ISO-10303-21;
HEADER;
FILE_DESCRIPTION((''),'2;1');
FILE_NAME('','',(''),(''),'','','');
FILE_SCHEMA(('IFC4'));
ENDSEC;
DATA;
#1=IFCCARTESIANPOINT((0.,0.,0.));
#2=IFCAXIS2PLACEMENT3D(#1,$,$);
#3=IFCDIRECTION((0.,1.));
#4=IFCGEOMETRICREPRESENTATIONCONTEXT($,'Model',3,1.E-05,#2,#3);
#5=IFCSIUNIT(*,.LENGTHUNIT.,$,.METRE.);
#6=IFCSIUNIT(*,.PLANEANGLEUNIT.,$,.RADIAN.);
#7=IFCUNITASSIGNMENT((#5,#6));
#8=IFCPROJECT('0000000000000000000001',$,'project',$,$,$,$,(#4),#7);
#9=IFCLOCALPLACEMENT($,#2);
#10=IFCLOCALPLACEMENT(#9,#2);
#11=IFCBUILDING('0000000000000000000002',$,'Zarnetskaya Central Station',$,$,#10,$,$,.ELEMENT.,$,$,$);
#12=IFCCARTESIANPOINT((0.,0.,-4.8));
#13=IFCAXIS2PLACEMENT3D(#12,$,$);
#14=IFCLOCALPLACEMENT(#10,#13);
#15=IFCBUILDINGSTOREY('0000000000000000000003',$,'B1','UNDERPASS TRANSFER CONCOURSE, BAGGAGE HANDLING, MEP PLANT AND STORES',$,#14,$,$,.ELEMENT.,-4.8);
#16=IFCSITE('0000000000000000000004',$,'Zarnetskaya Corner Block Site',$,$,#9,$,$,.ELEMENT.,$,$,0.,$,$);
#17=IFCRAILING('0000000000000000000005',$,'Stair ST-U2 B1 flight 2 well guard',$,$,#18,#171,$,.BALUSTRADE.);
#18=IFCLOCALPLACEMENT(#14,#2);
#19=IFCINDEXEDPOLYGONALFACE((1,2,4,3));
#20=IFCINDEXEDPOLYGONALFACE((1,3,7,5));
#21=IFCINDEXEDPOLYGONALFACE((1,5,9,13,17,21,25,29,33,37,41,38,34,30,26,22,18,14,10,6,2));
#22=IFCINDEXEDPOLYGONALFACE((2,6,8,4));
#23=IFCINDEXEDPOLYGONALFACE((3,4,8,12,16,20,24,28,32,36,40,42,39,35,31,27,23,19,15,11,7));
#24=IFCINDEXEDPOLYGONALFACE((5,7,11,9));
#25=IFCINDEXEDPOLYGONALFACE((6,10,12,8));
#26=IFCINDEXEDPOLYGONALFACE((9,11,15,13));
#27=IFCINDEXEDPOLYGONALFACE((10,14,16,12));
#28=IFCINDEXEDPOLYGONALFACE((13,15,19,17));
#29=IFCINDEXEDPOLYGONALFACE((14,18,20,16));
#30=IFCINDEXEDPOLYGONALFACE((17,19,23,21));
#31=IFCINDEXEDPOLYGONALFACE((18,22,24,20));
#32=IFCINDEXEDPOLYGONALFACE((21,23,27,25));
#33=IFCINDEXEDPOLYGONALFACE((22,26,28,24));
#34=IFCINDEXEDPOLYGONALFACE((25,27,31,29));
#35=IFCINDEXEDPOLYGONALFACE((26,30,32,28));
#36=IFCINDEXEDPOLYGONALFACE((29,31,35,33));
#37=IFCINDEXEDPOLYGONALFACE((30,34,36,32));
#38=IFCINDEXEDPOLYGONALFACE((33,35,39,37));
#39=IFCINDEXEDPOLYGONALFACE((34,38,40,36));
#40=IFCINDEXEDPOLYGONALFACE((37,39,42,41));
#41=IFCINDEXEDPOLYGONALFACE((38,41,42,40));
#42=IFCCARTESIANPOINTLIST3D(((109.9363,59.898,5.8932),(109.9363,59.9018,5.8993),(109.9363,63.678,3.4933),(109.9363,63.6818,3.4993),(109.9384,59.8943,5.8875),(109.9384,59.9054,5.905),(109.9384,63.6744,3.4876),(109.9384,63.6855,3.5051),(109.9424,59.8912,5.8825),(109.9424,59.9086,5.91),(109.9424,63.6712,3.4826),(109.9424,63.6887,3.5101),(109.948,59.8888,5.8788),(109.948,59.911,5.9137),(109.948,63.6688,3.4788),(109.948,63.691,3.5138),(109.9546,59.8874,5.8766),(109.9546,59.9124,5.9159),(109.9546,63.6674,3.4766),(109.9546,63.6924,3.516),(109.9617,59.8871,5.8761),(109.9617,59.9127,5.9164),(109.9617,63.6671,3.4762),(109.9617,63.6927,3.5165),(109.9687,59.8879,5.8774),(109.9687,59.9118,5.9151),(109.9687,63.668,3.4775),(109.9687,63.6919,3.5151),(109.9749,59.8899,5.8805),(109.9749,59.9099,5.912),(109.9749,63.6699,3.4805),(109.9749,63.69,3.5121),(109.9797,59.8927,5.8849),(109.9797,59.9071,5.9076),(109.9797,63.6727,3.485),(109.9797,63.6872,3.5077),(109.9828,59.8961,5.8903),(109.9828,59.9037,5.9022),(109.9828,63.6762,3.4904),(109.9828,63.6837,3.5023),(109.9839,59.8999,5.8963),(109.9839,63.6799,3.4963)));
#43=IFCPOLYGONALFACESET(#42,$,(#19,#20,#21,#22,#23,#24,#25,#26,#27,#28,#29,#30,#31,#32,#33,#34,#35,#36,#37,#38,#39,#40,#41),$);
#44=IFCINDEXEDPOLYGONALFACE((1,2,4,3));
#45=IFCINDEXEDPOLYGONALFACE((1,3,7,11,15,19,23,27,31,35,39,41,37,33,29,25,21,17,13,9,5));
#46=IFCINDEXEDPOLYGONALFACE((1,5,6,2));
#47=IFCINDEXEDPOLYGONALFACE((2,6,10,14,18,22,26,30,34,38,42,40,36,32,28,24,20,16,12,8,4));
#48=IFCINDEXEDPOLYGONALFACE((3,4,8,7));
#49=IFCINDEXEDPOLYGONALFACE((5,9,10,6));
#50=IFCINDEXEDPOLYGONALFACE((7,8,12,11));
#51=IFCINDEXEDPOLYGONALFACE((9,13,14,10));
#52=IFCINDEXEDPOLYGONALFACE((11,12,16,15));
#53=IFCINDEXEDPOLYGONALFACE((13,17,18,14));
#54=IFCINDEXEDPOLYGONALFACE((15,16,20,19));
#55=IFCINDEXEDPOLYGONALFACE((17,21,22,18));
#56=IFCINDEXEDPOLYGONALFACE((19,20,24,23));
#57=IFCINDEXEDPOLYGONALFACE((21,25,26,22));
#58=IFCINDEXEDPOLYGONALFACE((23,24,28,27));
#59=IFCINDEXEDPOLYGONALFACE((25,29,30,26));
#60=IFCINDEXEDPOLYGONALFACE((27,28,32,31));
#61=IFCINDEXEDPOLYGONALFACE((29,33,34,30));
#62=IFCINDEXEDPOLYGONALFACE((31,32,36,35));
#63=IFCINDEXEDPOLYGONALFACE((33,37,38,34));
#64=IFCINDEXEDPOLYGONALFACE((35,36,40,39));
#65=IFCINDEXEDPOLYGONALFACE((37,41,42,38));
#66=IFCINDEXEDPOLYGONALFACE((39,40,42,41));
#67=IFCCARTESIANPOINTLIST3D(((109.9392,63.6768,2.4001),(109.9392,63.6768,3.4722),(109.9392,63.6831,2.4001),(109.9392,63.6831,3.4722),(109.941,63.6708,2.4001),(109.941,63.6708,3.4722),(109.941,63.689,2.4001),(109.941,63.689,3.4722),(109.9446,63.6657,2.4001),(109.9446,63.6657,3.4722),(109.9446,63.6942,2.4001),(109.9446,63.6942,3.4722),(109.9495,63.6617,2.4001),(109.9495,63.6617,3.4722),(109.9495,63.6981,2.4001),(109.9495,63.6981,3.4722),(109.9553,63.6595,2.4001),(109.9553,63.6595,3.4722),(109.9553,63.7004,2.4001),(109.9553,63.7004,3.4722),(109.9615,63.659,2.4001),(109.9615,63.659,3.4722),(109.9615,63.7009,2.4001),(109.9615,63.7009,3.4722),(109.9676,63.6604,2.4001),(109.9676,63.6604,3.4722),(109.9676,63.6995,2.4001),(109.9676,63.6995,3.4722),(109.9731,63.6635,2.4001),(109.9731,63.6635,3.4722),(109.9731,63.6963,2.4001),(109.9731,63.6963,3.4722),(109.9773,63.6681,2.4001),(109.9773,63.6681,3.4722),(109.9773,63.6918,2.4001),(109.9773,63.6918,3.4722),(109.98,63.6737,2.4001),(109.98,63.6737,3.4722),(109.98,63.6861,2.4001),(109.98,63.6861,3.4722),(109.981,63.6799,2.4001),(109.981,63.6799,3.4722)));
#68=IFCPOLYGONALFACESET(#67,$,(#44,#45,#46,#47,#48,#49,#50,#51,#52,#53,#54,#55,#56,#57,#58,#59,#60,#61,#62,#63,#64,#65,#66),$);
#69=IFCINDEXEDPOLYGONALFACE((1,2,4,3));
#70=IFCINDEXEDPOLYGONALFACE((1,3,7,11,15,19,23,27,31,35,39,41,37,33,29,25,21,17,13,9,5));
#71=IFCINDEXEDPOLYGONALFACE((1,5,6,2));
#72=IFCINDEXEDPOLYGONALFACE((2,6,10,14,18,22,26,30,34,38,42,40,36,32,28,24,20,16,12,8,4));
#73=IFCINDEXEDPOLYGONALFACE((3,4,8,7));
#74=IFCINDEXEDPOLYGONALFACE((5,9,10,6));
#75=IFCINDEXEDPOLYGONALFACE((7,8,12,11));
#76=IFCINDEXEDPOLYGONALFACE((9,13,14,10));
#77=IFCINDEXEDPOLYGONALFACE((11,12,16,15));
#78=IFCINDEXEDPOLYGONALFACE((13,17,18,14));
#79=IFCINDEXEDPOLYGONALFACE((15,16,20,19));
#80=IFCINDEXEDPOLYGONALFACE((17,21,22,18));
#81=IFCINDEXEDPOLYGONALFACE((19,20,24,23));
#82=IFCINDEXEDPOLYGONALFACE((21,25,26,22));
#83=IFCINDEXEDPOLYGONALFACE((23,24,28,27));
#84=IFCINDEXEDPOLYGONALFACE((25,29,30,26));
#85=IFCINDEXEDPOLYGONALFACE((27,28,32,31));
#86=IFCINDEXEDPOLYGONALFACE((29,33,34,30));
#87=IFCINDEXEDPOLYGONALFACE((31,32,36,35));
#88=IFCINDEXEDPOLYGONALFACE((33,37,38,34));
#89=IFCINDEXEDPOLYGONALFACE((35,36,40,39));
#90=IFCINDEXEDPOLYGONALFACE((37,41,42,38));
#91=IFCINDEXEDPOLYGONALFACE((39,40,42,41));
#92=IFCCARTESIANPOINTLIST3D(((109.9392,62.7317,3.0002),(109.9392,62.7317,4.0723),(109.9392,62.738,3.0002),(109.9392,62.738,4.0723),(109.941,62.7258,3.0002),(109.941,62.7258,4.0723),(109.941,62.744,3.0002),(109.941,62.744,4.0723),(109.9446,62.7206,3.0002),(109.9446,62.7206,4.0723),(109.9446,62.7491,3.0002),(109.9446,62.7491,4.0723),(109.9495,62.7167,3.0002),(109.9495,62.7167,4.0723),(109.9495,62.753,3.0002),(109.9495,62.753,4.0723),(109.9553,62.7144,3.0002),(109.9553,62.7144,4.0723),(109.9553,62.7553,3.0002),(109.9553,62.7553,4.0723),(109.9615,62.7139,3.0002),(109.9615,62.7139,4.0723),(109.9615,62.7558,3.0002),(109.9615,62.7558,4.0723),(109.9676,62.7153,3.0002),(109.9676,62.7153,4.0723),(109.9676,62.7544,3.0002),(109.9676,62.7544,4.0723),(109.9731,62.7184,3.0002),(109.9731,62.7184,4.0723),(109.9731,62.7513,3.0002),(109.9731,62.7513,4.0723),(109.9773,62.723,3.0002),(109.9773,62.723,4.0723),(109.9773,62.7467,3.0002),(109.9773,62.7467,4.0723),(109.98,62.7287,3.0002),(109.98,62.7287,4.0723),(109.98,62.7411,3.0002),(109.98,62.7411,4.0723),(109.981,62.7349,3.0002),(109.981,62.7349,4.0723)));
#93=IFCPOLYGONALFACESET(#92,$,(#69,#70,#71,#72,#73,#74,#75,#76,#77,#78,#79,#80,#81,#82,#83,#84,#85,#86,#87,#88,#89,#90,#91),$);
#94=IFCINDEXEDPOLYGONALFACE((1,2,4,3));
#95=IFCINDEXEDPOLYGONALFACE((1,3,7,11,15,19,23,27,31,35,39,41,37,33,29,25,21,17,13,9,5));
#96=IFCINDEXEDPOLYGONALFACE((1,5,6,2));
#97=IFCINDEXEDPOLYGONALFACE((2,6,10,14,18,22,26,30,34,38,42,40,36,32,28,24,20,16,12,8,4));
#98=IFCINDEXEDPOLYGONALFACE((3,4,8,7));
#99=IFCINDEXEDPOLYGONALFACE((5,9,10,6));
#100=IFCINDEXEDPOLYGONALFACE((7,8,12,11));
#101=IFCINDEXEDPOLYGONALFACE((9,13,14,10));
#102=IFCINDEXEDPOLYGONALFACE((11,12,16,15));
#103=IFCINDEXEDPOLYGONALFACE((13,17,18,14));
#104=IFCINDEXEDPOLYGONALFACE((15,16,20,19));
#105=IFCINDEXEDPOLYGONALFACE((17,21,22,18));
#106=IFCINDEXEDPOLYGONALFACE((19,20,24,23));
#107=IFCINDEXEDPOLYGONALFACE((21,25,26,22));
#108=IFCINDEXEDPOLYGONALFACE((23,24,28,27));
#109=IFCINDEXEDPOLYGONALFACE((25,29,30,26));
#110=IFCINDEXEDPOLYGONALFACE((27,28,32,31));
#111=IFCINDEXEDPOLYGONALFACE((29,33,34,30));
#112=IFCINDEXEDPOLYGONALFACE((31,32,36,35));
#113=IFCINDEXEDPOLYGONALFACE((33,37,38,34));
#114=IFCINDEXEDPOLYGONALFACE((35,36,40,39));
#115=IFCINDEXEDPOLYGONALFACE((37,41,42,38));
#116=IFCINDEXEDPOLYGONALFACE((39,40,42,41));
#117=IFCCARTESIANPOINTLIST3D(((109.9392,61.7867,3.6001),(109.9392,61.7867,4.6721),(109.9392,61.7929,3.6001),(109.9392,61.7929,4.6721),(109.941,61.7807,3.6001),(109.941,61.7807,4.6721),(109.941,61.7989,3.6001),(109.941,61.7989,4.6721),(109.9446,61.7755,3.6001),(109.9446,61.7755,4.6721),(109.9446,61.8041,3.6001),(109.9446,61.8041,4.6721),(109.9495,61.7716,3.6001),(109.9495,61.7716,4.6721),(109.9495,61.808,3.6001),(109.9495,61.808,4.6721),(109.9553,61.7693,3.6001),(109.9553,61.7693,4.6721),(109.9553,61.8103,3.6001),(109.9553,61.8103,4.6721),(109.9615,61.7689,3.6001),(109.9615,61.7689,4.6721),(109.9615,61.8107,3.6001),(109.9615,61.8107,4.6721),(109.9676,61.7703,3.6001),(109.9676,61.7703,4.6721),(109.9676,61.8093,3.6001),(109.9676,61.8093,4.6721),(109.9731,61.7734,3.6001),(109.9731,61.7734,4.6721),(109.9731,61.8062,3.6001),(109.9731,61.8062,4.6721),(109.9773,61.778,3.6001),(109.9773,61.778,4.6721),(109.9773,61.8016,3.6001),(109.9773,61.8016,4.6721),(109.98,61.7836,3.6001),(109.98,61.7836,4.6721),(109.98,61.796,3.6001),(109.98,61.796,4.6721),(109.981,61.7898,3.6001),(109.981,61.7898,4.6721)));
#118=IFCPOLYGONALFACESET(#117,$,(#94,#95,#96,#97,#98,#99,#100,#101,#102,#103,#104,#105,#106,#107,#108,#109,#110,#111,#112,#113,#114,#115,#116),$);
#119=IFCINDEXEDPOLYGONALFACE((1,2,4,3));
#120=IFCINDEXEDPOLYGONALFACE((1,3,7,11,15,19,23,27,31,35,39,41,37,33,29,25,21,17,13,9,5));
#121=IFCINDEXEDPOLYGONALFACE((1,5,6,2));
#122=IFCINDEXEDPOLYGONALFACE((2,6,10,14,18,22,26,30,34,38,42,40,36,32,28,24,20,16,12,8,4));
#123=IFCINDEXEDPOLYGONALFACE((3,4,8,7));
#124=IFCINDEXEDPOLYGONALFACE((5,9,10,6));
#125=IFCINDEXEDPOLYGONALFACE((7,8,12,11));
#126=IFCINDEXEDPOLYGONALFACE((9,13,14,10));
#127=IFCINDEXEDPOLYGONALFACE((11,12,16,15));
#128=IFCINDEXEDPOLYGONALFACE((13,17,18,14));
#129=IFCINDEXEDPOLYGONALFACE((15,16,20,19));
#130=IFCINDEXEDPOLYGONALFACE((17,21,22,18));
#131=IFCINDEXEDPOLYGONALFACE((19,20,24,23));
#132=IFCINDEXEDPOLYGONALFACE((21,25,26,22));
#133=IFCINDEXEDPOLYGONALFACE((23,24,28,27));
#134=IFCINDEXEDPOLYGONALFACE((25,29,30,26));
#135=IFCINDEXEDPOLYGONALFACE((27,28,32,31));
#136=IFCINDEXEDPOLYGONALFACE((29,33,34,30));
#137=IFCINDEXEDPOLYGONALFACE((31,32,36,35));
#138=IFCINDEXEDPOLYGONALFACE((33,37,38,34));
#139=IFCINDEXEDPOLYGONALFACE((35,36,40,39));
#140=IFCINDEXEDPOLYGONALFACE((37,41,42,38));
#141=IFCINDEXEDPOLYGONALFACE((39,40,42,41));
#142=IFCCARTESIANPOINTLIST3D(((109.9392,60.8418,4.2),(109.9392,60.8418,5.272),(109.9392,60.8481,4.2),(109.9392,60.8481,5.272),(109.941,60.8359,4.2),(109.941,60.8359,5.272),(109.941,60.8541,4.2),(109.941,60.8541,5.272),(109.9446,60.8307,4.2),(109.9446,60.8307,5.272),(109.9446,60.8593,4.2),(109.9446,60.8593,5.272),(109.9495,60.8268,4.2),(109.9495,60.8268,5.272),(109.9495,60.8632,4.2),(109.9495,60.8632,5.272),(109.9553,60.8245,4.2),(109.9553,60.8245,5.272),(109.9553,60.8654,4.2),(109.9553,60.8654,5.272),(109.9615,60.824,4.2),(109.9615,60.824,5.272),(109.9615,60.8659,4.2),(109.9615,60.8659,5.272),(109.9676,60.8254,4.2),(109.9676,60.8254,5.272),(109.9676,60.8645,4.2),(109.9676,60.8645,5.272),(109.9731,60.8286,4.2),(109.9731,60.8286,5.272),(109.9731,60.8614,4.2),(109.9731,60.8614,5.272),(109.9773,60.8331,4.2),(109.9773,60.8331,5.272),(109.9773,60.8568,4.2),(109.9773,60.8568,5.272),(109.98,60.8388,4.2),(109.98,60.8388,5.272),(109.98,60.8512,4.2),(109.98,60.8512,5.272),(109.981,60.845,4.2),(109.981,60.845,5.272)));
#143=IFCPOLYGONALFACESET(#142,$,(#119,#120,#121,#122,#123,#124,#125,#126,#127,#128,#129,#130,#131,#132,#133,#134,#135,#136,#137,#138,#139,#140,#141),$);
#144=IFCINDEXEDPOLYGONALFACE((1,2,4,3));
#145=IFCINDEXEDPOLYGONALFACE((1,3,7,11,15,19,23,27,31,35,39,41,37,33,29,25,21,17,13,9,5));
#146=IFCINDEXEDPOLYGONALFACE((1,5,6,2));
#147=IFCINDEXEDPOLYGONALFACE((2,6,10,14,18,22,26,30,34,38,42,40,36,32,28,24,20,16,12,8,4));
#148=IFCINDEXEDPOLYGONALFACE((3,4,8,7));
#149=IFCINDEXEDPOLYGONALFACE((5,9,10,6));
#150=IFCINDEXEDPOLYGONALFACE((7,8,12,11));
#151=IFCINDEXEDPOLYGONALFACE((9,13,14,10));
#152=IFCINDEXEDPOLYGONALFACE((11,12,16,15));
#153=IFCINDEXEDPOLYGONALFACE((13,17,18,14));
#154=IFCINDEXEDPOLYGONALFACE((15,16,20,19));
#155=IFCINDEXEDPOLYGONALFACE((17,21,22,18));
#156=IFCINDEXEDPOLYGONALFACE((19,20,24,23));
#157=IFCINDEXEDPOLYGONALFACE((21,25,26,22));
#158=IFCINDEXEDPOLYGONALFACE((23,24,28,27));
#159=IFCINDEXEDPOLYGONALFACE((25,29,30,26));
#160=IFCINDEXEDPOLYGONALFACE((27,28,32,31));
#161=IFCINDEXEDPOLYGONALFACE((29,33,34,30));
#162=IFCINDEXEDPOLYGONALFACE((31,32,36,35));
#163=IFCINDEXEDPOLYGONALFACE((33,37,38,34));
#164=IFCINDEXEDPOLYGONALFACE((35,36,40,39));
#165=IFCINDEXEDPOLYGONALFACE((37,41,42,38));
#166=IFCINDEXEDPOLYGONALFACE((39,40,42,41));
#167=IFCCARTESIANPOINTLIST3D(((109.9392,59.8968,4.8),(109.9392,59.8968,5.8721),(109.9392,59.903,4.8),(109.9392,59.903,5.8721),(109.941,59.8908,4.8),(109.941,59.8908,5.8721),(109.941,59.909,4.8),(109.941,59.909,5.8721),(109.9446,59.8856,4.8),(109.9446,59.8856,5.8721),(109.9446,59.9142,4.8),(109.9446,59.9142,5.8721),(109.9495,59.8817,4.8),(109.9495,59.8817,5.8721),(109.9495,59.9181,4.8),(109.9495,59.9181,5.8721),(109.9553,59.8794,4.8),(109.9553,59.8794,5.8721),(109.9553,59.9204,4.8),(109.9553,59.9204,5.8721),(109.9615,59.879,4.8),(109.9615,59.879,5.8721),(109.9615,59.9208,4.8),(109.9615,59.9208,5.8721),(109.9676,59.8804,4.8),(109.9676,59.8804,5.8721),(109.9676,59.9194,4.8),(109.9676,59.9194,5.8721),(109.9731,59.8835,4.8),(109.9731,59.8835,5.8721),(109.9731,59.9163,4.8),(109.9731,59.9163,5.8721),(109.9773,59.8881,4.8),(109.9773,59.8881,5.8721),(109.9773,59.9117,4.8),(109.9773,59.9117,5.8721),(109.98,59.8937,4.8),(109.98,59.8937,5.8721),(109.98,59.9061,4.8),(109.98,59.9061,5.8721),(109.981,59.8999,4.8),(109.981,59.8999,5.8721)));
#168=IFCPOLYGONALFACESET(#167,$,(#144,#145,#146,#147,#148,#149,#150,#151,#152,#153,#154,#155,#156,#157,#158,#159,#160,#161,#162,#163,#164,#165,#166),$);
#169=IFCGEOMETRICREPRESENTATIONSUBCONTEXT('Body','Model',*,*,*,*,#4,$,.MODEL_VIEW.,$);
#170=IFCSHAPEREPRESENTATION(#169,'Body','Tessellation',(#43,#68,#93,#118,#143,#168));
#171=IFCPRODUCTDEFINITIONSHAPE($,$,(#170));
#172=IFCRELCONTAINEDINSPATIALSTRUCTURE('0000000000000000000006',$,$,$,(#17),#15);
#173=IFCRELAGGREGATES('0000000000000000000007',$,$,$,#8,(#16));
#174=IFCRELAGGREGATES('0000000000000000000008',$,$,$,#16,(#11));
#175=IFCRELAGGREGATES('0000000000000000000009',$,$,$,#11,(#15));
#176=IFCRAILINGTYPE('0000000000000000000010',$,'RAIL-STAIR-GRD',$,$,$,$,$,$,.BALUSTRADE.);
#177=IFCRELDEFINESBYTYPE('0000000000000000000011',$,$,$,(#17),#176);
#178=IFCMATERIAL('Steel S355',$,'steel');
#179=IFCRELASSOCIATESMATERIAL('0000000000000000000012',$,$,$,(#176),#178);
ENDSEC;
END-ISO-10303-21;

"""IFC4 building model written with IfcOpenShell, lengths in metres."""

from ifc_helpers import new_model, si_unit, direction, frame, origin, origin_2d, place, context, subcontext, project, spatial, circle, extrude, material, type_object, element, save


model = new_model("IFC4")

# Units and contexts
model_context = context("Model", 3, precision=1e-05, world=origin(), true_north=direction((0.0, 1.0)))
body_context = subcontext(model_context, "Body", "Model", "MODEL_VIEW")
ifc_project = project(units=[si_unit("LENGTHUNIT", "METRE"), si_unit("PLANEANGLEUNIT", "RADIAN")], contexts=[model_context])

# Site, building, storey
site_placement = place(None, origin())
site = spatial("IfcSite", under=ifc_project, at=site_placement, Name="Zarnetskaya Corner Block Site", CompositionType="ELEMENT", RefElevation=0.0)
building_placement = place(site_placement, origin())
building = spatial("IfcBuilding", under=site, at=building_placement, Name="Zarnetskaya Central Station", CompositionType="ELEMENT")
storey_placement = place(building_placement, frame((0.0, 0.0, -4.8)))
storey = spatial("IfcBuildingStorey", under=building, at=storey_placement, Name="B1", Description="UNDERPASS TRANSFER CONCOURSE, BAGGAGE HANDLING, MEP PLANT AND STORES", CompositionType="ELEMENT", Elevation=-4.8)

# Railing
ifc_material_1 = material(Name="Steel S355", Category="steel")
railing_type_1 = type_object("IfcRailingType", Name="RAIL-STAIR-GRD", PredefinedType="BALUSTRADE", material=ifc_material_1)
railing_1_placement = place(storey_placement, frame((109.96, 63.6799, 2.4001)))
element("IfcRailing", 1, at=railing_1_placement, inside=storey, type_object=railing_type_1, Name="Stair ST-U2 B1 flight 2 well guard", PredefinedType="BALUSTRADE", context=body_context, shape_type="SweptSolid", body=[
    extrude(circle(Radius=0.0239, at=origin_2d()), frame((0.0, 0.0, 1.0962), z_axis=(0.0, -0.844225, 0.53599), x_axis=(1.0, 0.0, 0.0)), (0.0, 0.0, 1.0), 4.4775),
    extrude(circle(Radius=0.021, at=origin_2d()), origin(), (0.0, 0.0, 1.0), 1.072),
    extrude(circle(Radius=0.021, at=origin_2d()), frame((0.0, -0.9451, 0.6001)), (0.0, 0.0, 1.0), 1.072),
    extrude(circle(Radius=0.021, at=origin_2d()), frame((0.0, -1.8901, 1.2)), (0.0, 0.0, 1.0), 1.072),
    extrude(circle(Radius=0.021, at=origin_2d()), frame((0.0, -2.835, 1.7998)), (0.0, 0.0, 1.0), 1.072),
    extrude(circle(Radius=0.021, at=origin_2d()), frame((0.0, -3.78, 2.3999)), (0.0, 0.0, 1.0), 1.072),
])

save(model, "model.ifc")
